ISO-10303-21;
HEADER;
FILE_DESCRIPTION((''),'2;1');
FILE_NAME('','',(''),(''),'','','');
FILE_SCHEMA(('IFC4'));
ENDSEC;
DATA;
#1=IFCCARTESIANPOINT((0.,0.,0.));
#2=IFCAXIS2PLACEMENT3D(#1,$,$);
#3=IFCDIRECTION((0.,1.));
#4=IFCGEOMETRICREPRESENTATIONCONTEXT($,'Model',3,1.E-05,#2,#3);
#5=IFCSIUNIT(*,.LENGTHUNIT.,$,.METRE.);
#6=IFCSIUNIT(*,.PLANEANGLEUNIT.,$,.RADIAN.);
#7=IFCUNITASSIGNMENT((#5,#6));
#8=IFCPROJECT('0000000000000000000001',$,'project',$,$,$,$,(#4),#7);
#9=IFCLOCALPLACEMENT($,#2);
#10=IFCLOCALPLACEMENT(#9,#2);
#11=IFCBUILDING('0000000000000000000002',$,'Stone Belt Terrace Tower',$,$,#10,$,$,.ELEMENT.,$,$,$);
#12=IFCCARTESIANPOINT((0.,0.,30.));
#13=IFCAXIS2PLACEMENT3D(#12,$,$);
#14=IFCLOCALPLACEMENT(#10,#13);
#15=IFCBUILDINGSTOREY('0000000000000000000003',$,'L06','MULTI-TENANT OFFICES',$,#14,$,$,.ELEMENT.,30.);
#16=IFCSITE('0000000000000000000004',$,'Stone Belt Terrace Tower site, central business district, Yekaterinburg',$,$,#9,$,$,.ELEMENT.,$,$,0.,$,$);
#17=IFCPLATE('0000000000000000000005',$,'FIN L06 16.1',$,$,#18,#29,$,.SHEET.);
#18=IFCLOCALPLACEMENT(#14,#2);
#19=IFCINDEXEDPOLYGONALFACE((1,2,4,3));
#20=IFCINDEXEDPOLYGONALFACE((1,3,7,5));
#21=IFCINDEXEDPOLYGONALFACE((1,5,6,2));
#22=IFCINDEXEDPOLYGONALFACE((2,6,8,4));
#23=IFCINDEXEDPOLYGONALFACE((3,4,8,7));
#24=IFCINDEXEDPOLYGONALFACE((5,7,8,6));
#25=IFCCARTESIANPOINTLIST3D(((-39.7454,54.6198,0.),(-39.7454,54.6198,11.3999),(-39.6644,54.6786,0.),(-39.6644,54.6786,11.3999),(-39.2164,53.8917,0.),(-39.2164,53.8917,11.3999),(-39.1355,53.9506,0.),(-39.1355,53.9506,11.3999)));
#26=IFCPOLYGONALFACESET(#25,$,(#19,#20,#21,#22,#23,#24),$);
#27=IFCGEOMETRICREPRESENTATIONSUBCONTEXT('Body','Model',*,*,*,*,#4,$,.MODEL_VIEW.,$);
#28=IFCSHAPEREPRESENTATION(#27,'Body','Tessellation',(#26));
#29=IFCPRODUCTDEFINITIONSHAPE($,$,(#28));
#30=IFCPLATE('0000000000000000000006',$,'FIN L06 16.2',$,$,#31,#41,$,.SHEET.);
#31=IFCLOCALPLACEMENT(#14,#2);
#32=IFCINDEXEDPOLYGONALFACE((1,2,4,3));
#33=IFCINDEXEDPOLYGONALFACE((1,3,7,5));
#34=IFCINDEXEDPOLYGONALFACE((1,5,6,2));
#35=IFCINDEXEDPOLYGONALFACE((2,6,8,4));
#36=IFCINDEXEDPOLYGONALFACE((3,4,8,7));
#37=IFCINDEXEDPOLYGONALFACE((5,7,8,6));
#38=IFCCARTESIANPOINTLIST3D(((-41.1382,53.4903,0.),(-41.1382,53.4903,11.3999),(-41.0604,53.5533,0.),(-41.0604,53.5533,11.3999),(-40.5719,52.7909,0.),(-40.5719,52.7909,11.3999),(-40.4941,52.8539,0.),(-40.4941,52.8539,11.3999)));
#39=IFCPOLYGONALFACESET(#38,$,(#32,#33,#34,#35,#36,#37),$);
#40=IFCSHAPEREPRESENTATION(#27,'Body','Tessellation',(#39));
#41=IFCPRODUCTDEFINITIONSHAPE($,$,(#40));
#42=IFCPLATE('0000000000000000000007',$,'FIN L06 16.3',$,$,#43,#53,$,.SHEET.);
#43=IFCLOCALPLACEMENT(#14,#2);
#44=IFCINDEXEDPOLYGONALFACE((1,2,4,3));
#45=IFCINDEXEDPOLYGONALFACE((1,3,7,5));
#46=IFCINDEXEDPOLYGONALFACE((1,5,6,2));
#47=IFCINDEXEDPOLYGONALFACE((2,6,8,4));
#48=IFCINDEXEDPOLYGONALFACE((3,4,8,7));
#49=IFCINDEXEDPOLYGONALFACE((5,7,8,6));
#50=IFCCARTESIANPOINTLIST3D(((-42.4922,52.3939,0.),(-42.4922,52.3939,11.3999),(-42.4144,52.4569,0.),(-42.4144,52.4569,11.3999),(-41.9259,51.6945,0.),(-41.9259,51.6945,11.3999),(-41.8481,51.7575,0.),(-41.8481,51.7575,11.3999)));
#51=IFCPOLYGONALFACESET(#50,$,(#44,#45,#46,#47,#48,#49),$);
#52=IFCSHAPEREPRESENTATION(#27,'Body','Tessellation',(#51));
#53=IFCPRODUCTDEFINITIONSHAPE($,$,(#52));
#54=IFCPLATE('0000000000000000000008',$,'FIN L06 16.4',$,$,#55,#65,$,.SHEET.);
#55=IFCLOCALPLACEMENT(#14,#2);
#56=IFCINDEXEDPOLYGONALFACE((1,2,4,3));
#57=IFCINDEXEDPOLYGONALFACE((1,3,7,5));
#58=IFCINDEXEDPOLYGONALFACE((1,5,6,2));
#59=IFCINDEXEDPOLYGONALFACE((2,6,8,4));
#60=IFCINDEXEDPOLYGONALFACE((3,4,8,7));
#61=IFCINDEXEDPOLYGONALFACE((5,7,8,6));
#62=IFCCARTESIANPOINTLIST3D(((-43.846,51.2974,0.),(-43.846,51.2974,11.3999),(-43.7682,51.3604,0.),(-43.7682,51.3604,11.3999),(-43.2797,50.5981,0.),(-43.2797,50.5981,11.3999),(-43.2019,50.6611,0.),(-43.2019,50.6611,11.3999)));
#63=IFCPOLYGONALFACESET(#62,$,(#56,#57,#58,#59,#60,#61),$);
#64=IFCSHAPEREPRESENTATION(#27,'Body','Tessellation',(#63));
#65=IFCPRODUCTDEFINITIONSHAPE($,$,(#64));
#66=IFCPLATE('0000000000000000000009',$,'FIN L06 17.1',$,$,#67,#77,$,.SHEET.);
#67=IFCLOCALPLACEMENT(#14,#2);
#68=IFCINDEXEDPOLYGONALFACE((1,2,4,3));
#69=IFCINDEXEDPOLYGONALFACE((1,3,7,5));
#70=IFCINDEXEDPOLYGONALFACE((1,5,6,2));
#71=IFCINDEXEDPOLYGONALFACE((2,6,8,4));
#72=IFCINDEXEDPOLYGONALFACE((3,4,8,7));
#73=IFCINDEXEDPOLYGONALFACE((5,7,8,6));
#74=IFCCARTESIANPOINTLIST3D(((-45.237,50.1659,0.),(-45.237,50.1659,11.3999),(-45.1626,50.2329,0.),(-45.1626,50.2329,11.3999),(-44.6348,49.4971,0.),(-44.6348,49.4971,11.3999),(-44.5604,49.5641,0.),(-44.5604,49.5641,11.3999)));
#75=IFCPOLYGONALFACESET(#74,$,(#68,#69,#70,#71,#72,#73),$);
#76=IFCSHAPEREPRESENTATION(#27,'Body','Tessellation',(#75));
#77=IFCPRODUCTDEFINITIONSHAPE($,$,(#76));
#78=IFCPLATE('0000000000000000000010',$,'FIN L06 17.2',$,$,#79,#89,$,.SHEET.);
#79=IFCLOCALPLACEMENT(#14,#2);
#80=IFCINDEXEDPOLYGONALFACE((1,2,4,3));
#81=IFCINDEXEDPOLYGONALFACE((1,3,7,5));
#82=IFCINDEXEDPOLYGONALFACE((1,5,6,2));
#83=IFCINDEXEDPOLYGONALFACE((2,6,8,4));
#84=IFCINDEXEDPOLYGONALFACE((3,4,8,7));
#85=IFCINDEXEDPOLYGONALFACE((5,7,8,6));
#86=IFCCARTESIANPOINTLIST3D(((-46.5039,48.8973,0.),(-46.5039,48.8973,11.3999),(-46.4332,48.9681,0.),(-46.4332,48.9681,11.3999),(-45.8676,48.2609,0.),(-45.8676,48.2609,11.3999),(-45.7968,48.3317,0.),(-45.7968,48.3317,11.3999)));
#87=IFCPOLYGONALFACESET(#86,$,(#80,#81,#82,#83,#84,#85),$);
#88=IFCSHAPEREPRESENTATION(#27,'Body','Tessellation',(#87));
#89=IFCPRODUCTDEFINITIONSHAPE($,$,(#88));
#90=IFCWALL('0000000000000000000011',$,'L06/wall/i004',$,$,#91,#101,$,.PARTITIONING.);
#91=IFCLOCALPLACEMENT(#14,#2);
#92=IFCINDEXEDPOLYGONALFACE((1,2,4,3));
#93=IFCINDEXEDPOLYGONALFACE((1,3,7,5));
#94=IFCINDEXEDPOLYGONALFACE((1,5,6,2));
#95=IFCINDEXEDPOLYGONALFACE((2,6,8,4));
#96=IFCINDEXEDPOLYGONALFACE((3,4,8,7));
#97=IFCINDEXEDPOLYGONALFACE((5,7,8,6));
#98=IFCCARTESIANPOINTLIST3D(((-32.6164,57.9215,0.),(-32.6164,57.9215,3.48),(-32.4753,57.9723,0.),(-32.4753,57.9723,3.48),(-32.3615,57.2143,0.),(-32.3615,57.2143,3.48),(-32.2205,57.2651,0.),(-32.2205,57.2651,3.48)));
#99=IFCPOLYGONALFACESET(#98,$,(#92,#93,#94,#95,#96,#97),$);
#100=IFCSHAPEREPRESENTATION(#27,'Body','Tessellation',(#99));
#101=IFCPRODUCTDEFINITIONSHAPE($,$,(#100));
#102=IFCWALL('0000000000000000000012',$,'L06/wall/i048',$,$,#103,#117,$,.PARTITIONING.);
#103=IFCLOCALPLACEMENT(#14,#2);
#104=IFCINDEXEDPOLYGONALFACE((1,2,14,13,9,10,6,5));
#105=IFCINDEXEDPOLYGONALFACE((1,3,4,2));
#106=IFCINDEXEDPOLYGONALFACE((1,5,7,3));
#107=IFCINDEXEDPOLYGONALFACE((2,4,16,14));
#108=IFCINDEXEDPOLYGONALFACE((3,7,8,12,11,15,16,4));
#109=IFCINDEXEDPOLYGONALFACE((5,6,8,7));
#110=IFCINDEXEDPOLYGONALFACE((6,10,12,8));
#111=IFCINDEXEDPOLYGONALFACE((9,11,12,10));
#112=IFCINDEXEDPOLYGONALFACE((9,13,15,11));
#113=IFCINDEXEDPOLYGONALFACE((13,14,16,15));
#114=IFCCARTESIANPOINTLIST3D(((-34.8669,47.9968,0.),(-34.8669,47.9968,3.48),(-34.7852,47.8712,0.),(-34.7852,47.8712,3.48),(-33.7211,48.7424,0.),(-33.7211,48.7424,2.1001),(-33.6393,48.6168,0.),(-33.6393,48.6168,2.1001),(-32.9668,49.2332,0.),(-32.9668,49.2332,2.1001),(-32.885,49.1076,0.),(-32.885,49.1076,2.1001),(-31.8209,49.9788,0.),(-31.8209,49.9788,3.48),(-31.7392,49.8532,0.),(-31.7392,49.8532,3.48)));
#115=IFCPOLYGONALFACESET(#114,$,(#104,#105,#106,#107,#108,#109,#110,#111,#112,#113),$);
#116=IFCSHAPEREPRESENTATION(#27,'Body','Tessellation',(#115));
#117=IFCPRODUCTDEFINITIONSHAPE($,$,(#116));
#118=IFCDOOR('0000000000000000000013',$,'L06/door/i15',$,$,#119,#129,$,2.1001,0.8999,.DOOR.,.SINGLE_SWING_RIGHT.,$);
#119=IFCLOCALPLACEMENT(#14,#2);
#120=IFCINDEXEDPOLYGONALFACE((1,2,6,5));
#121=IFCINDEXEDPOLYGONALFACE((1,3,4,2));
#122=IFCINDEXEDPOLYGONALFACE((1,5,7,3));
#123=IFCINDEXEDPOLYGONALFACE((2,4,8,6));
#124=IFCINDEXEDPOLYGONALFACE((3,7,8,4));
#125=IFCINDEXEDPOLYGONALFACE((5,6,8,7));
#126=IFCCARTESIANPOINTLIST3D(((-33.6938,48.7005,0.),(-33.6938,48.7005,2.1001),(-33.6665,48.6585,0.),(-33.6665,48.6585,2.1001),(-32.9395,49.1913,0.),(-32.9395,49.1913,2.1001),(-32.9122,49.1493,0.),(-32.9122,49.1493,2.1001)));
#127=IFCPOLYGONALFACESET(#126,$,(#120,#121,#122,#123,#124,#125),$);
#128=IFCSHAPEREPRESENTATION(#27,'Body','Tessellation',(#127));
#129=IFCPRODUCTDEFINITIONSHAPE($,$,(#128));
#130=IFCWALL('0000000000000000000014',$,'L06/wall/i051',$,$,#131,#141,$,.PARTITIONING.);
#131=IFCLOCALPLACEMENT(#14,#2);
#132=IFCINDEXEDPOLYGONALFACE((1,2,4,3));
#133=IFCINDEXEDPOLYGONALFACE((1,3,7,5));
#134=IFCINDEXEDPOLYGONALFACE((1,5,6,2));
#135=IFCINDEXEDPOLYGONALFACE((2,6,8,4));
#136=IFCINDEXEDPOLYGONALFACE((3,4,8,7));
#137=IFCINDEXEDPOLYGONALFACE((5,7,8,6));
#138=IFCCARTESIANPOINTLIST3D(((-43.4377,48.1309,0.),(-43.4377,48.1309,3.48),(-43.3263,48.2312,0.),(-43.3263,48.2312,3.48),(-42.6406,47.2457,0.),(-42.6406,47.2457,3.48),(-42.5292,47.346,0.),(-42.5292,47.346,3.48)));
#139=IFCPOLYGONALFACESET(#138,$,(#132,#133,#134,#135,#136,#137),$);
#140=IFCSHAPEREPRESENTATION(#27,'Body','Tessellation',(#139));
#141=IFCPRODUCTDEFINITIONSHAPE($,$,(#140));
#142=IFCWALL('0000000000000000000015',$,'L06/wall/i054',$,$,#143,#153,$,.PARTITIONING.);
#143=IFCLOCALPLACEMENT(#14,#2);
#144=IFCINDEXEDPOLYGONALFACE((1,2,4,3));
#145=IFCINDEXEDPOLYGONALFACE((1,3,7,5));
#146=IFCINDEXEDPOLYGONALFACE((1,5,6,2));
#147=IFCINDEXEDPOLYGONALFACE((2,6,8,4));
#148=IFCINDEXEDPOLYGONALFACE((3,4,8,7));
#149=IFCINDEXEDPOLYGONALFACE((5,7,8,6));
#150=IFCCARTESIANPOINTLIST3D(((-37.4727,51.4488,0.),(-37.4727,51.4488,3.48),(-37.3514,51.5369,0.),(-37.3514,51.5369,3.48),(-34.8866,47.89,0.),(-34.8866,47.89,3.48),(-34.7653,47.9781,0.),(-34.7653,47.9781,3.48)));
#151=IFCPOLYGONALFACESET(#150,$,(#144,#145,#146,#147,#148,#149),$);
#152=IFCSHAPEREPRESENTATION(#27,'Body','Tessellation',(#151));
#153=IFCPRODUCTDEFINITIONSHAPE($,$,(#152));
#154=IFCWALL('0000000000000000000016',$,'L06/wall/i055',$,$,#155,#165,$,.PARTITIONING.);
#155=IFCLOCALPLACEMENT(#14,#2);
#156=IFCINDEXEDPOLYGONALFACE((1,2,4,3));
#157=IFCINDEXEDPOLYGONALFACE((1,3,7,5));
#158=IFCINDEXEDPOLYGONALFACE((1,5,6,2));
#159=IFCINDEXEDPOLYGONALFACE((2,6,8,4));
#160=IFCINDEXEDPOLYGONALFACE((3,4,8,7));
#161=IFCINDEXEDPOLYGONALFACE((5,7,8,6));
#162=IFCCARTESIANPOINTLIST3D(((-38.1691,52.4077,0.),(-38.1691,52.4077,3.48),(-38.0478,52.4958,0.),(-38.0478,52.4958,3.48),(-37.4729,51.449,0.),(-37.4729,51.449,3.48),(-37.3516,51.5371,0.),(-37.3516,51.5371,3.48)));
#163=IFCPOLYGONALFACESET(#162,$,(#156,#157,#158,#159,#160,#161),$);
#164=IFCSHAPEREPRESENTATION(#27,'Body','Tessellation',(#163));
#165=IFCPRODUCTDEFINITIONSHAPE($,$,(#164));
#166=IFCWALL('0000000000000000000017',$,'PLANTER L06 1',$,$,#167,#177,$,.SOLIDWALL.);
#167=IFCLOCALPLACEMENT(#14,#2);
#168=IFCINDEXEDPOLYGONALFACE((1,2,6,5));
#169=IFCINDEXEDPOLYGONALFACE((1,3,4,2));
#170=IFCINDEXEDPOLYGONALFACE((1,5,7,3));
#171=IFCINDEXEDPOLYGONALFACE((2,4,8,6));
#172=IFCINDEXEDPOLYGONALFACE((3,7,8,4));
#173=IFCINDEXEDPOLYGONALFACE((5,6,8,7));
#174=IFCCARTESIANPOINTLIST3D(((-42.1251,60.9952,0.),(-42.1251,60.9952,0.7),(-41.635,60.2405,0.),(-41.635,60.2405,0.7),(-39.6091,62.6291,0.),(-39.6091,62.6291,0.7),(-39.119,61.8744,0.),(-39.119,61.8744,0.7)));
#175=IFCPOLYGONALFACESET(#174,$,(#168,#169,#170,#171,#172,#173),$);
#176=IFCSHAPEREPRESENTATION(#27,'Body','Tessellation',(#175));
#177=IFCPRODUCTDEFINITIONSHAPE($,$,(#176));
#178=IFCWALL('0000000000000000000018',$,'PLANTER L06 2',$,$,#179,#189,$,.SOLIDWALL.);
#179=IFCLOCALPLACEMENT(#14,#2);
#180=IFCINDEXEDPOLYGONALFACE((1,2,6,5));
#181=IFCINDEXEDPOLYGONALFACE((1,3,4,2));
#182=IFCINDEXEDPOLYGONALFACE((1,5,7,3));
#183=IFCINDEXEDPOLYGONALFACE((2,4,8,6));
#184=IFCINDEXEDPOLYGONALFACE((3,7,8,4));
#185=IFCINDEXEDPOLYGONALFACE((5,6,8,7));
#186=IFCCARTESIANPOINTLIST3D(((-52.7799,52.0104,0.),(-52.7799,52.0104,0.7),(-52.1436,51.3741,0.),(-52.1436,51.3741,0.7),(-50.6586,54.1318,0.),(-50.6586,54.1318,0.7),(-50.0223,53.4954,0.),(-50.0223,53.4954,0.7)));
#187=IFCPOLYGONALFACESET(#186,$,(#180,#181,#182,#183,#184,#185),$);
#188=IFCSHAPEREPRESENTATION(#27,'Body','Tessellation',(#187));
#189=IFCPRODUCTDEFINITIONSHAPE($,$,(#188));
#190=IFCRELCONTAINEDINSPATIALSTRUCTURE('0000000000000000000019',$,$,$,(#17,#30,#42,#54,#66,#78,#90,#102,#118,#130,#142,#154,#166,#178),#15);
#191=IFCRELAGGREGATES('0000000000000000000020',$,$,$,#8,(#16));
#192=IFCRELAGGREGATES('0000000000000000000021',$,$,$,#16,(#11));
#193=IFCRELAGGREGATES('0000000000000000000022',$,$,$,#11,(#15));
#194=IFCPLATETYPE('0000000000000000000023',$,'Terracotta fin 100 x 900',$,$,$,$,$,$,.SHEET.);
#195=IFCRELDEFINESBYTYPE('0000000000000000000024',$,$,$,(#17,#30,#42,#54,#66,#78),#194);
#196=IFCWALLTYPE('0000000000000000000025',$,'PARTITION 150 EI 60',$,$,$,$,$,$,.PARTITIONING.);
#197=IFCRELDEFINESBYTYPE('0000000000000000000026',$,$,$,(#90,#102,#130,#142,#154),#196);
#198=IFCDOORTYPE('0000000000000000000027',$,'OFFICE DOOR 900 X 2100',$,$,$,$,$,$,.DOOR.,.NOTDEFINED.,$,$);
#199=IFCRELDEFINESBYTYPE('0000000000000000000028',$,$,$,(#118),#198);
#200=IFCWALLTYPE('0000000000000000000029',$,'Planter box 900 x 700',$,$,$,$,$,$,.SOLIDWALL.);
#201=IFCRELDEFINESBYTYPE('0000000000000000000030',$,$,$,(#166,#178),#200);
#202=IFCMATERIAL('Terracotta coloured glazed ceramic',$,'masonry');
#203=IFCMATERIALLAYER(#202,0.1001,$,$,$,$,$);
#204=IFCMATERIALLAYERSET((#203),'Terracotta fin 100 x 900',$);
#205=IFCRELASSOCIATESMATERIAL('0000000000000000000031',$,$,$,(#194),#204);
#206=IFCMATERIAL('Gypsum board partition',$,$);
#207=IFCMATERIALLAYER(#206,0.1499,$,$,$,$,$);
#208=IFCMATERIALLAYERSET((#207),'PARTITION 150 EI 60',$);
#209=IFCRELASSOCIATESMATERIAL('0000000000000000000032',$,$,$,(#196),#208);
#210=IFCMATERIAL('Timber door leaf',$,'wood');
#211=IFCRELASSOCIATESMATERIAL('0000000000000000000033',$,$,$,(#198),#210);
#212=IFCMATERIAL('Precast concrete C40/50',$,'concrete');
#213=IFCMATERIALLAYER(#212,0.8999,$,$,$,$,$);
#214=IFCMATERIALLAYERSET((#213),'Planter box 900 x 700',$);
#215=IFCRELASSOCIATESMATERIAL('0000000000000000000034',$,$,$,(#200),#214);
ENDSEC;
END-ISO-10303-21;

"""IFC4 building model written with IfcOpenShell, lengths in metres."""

from ifc_helpers import new_model, si_unit, direction, frame, frame_2d, origin, origin_2d, place, context, subcontext, project, spatial, rectangle, extrude, material, layer, layer_set, type_object, element, fill, save


model = new_model("IFC4")

# Units and contexts
model_context = context("Model", 3, precision=1e-05, world=origin(), true_north=direction((0.0, 1.0)))
body_context = subcontext(model_context, "Body", "Model", "MODEL_VIEW")
ifc_project = project(units=[si_unit("LENGTHUNIT", "METRE"), si_unit("PLANEANGLEUNIT", "RADIAN")], contexts=[model_context])

# Site, building, storey
site_placement = place(None, origin())
site = spatial("IfcSite", under=ifc_project, at=site_placement, Name="Stone Belt Terrace Tower site, central business district, Yekaterinburg", CompositionType="ELEMENT", RefElevation=0.0)
building_placement = place(site_placement, origin())
building = spatial("IfcBuilding", under=site, at=building_placement, Name="Stone Belt Terrace Tower", CompositionType="ELEMENT")
storey_placement = place(building_placement, frame((0.0, 0.0, 30.0)))
storey = spatial("IfcBuildingStorey", under=building, at=storey_placement, Name="L06", Description="MULTI-TENANT OFFICES", CompositionType="ELEMENT", Elevation=30.0)

# Plates
ifc_material_1 = material(Name="Terracotta coloured glazed ceramic", Category="masonry")
ifc_layer_1 = layer(ifc_material_1, 0.1001)
ifc_layer_set_1 = layer_set([ifc_layer_1], Name="Terracotta fin 100 x 900")
plate_type_1 = type_object("IfcPlateType", Name="Terracotta fin 100 x 900", PredefinedType="SHEET", material=ifc_layer_set_1)
for number, where, z_axis, x_axis, name in (
    (1, (-39.4404, 54.2852, 0.0), (0.0, 0.0, 1.0), (-0.587785, 0.809017, 0.0), "FIN L06 16.1"),
    (2, (-40.8162, 53.1721, 0.0), (0.0, 0.0, 1.0), (-0.62932, 0.777146, 0.0), "FIN L06 16.2"),
    (3, (-42.1702, 52.0757, 0.0), (0.0, 0.0, 1.0), (-0.62932, 0.777146, 0.0), "FIN L06 16.3"),
    (4, (-43.5239, 50.9792, 0.0), (0.0, 0.0, 1.0), (-0.62932, 0.777146, 0.0), "FIN L06 16.4"),
    (5, (-44.8987, 49.865, 0.0), (0.0, 0.0, 1.0), (-0.669131, 0.743145, 0.0), "FIN L06 17.1"),
    (6, (-46.1504, 48.6145, 0.0), (0.0, 0.0, 1.0), (-0.707107, 0.707107, 0.0), "FIN L06 17.2"),
):
    element("IfcPlate", number, at=place(storey_placement, frame(where, z_axis=z_axis, x_axis=x_axis)), inside=storey, type_object=plate_type_1, Name=name, PredefinedType="SHEET", context=body_context, shape_type="SweptSolid", body=[
        extrude(rectangle(XDim=0.8999, YDim=0.1001, at=origin_2d()), origin(), (0.0, 0.0, 1.0), 11.3999),
    ])

# Wall
ifc_material_2 = material(Name="Gypsum board partition")
ifc_layer_2 = layer(ifc_material_2, 0.1499)
ifc_layer_set_2 = layer_set([ifc_layer_2], Name="PARTITION 150 EI 60")
wall_type_1 = type_object("IfcWallType", Name="PARTITION 150 EI 60", PredefinedType="PARTITIONING", material=ifc_layer_set_2)
wall_1_placement = place(storey_placement, frame((-32.5459, 57.947, 0.0), z_axis=(0.0, 0.0, 1.0), x_axis=(0.33903, -0.940776, 0.0)))
element("IfcWall", 7, at=wall_1_placement, inside=storey, type_object=wall_type_1, Name="L06/wall/i004", PredefinedType="PARTITIONING", context=body_context, shape_type="SweptSolid", body=[
    extrude(rectangle(XDim=0.7517, YDim=0.1499, at=frame_2d((0.376, 0.0))), origin(), (0.0, 0.0, 1.0), 3.48),
])

# Wall, opening, door
wall_2_placement = place(storey_placement, frame((-34.8259, 47.9341, 0.0), z_axis=(0.0, 0.0, 1.0), x_axis=(0.83818, 0.545394, 0.0)))
wall_2 = element("IfcWall", 8, at=wall_2_placement, inside=storey, type_object=wall_type_1, Name="L06/wall/i048", PredefinedType="PARTITIONING", context=body_context, shape_type="SweptSolid", body=[
    extrude(rectangle(XDim=3.634, YDim=0.1499, at=frame_2d((1.8169, 0.0))), origin(), (0.0, 0.0, 1.0), 3.48),
])
opening_placement = place(wall_2_placement, frame((1.3669, 0.0, 0.0)))
opening = element("IfcOpeningElement", 9, at=opening_placement, cuts=wall_2, PredefinedType="OPENING", context=body_context, shape_type="SweptSolid", body=[
    extrude(rectangle(XDim=0.8999, YDim=2.1001, at=frame_2d((0.45, 1.05))), frame((0.0, 0.085, 0.0), z_axis=(0.0, -1.0, 0.0), x_axis=(1.0, 0.0, 0.0)), (0.0, 0.0, 1.0), 0.1699),
])
ifc_material_3 = material(Name="Timber door leaf", Category="wood")
door_type = type_object("IfcDoorType", Name="OFFICE DOOR 900 X 2100", OperationType="NOTDEFINED", PredefinedType="DOOR", material=ifc_material_3)
door_placement = place(opening_placement, origin())
door = element("IfcDoor", 10, at=door_placement, inside=storey, type_object=door_type, Name="L06/door/i15", OperationType="SINGLE_SWING_RIGHT", OverallHeight=2.1001, OverallWidth=0.8999, PredefinedType="DOOR", context=body_context, shape_type="SweptSolid", body=[
    extrude(rectangle(XDim=0.8999, YDim=2.1001, at=frame_2d((0.45, 1.05))), frame((0.0, 0.0249, 0.0), z_axis=(0.0, -1.0, 0.0), x_axis=(1.0, 0.0, 0.0)), (0.0, 0.0, 1.0), 0.05),
])
fill(opening, door)

# Walls
wall_3_placement = place(storey_placement, frame((-43.3821, 48.1812, 0.0), z_axis=(0.0, 0.0, 1.0), x_axis=(0.669146, -0.743131, 0.0)))
element("IfcWall", 11, at=wall_3_placement, inside=storey, type_object=wall_type_1, Name="L06/wall/i051", PredefinedType="PARTITIONING", context=body_context, shape_type="SweptSolid", body=[
    extrude(rectangle(XDim=1.1912, YDim=0.1499, at=frame_2d((0.5957, 0.0))), origin(), (0.0, 0.0, 1.0), 3.48),
])
wall_4_placement = place(storey_placement, frame((-37.4121, 51.4929, 0.0), z_axis=(0.0, 0.0, 1.0), x_axis=(0.587865, -0.808959, 0.0)))
element("IfcWall", 12, at=wall_4_placement, inside=storey, type_object=wall_type_1, Name="L06/wall/i054", PredefinedType="PARTITIONING", context=body_context, shape_type="SweptSolid", body=[
    extrude(rectangle(XDim=4.3992, YDim=0.1499, at=frame_2d((2.1997, 0.0))), origin(), (0.0, 0.0, 1.0), 3.48),
])
wall_5_placement = place(storey_placement, frame((-38.1084, 52.4517, 0.0), z_axis=(0.0, 0.0, 1.0), x_axis=(0.587633, -0.809128, 0.0)))
element("IfcWall", 13, at=wall_5_placement, inside=storey, type_object=wall_type_1, Name="L06/wall/i055", PredefinedType="PARTITIONING", context=body_context, shape_type="SweptSolid", body=[
    extrude(rectangle(XDim=1.1848, YDim=0.1499, at=frame_2d((0.5923, 0.0))), origin(), (0.0, 0.0, 1.0), 3.48),
])
ifc_material_4 = material(Name="Precast concrete C40/50", Category="concrete")
ifc_layer_3 = layer(ifc_material_4, 0.8999)
ifc_layer_set_3 = layer_set([ifc_layer_3], Name="Planter box 900 x 700")
wall_type_2 = type_object("IfcWallType", Name="Planter box 900 x 700", PredefinedType="SOLIDWALL", material=ifc_layer_set_3)
for number, where, z_axis, x_axis, name in (
    (14, (-40.6221, 61.4348, 0.0), (0.0, 0.0, 1.0), (-0.838671, -0.544639, 0.0), "PLANTER L06 1"),
    (15, (-51.4011, 52.7529, 0.0), (0.0, 0.0, 1.0), (-0.707107, -0.707107, 0.0), "PLANTER L06 2"),
):
    element("IfcWall", number, at=place(storey_placement, frame(where, z_axis=z_axis, x_axis=x_axis)), inside=storey, type_object=wall_type_2, Name=name, PredefinedType="SOLIDWALL", context=body_context, shape_type="SweptSolid", body=[
        extrude(rectangle(XDim=3.0, YDim=0.8999, at=origin_2d()), origin(), (0.0, 0.0, 1.0), 0.7),
    ])

save(model, "model.ifc")
